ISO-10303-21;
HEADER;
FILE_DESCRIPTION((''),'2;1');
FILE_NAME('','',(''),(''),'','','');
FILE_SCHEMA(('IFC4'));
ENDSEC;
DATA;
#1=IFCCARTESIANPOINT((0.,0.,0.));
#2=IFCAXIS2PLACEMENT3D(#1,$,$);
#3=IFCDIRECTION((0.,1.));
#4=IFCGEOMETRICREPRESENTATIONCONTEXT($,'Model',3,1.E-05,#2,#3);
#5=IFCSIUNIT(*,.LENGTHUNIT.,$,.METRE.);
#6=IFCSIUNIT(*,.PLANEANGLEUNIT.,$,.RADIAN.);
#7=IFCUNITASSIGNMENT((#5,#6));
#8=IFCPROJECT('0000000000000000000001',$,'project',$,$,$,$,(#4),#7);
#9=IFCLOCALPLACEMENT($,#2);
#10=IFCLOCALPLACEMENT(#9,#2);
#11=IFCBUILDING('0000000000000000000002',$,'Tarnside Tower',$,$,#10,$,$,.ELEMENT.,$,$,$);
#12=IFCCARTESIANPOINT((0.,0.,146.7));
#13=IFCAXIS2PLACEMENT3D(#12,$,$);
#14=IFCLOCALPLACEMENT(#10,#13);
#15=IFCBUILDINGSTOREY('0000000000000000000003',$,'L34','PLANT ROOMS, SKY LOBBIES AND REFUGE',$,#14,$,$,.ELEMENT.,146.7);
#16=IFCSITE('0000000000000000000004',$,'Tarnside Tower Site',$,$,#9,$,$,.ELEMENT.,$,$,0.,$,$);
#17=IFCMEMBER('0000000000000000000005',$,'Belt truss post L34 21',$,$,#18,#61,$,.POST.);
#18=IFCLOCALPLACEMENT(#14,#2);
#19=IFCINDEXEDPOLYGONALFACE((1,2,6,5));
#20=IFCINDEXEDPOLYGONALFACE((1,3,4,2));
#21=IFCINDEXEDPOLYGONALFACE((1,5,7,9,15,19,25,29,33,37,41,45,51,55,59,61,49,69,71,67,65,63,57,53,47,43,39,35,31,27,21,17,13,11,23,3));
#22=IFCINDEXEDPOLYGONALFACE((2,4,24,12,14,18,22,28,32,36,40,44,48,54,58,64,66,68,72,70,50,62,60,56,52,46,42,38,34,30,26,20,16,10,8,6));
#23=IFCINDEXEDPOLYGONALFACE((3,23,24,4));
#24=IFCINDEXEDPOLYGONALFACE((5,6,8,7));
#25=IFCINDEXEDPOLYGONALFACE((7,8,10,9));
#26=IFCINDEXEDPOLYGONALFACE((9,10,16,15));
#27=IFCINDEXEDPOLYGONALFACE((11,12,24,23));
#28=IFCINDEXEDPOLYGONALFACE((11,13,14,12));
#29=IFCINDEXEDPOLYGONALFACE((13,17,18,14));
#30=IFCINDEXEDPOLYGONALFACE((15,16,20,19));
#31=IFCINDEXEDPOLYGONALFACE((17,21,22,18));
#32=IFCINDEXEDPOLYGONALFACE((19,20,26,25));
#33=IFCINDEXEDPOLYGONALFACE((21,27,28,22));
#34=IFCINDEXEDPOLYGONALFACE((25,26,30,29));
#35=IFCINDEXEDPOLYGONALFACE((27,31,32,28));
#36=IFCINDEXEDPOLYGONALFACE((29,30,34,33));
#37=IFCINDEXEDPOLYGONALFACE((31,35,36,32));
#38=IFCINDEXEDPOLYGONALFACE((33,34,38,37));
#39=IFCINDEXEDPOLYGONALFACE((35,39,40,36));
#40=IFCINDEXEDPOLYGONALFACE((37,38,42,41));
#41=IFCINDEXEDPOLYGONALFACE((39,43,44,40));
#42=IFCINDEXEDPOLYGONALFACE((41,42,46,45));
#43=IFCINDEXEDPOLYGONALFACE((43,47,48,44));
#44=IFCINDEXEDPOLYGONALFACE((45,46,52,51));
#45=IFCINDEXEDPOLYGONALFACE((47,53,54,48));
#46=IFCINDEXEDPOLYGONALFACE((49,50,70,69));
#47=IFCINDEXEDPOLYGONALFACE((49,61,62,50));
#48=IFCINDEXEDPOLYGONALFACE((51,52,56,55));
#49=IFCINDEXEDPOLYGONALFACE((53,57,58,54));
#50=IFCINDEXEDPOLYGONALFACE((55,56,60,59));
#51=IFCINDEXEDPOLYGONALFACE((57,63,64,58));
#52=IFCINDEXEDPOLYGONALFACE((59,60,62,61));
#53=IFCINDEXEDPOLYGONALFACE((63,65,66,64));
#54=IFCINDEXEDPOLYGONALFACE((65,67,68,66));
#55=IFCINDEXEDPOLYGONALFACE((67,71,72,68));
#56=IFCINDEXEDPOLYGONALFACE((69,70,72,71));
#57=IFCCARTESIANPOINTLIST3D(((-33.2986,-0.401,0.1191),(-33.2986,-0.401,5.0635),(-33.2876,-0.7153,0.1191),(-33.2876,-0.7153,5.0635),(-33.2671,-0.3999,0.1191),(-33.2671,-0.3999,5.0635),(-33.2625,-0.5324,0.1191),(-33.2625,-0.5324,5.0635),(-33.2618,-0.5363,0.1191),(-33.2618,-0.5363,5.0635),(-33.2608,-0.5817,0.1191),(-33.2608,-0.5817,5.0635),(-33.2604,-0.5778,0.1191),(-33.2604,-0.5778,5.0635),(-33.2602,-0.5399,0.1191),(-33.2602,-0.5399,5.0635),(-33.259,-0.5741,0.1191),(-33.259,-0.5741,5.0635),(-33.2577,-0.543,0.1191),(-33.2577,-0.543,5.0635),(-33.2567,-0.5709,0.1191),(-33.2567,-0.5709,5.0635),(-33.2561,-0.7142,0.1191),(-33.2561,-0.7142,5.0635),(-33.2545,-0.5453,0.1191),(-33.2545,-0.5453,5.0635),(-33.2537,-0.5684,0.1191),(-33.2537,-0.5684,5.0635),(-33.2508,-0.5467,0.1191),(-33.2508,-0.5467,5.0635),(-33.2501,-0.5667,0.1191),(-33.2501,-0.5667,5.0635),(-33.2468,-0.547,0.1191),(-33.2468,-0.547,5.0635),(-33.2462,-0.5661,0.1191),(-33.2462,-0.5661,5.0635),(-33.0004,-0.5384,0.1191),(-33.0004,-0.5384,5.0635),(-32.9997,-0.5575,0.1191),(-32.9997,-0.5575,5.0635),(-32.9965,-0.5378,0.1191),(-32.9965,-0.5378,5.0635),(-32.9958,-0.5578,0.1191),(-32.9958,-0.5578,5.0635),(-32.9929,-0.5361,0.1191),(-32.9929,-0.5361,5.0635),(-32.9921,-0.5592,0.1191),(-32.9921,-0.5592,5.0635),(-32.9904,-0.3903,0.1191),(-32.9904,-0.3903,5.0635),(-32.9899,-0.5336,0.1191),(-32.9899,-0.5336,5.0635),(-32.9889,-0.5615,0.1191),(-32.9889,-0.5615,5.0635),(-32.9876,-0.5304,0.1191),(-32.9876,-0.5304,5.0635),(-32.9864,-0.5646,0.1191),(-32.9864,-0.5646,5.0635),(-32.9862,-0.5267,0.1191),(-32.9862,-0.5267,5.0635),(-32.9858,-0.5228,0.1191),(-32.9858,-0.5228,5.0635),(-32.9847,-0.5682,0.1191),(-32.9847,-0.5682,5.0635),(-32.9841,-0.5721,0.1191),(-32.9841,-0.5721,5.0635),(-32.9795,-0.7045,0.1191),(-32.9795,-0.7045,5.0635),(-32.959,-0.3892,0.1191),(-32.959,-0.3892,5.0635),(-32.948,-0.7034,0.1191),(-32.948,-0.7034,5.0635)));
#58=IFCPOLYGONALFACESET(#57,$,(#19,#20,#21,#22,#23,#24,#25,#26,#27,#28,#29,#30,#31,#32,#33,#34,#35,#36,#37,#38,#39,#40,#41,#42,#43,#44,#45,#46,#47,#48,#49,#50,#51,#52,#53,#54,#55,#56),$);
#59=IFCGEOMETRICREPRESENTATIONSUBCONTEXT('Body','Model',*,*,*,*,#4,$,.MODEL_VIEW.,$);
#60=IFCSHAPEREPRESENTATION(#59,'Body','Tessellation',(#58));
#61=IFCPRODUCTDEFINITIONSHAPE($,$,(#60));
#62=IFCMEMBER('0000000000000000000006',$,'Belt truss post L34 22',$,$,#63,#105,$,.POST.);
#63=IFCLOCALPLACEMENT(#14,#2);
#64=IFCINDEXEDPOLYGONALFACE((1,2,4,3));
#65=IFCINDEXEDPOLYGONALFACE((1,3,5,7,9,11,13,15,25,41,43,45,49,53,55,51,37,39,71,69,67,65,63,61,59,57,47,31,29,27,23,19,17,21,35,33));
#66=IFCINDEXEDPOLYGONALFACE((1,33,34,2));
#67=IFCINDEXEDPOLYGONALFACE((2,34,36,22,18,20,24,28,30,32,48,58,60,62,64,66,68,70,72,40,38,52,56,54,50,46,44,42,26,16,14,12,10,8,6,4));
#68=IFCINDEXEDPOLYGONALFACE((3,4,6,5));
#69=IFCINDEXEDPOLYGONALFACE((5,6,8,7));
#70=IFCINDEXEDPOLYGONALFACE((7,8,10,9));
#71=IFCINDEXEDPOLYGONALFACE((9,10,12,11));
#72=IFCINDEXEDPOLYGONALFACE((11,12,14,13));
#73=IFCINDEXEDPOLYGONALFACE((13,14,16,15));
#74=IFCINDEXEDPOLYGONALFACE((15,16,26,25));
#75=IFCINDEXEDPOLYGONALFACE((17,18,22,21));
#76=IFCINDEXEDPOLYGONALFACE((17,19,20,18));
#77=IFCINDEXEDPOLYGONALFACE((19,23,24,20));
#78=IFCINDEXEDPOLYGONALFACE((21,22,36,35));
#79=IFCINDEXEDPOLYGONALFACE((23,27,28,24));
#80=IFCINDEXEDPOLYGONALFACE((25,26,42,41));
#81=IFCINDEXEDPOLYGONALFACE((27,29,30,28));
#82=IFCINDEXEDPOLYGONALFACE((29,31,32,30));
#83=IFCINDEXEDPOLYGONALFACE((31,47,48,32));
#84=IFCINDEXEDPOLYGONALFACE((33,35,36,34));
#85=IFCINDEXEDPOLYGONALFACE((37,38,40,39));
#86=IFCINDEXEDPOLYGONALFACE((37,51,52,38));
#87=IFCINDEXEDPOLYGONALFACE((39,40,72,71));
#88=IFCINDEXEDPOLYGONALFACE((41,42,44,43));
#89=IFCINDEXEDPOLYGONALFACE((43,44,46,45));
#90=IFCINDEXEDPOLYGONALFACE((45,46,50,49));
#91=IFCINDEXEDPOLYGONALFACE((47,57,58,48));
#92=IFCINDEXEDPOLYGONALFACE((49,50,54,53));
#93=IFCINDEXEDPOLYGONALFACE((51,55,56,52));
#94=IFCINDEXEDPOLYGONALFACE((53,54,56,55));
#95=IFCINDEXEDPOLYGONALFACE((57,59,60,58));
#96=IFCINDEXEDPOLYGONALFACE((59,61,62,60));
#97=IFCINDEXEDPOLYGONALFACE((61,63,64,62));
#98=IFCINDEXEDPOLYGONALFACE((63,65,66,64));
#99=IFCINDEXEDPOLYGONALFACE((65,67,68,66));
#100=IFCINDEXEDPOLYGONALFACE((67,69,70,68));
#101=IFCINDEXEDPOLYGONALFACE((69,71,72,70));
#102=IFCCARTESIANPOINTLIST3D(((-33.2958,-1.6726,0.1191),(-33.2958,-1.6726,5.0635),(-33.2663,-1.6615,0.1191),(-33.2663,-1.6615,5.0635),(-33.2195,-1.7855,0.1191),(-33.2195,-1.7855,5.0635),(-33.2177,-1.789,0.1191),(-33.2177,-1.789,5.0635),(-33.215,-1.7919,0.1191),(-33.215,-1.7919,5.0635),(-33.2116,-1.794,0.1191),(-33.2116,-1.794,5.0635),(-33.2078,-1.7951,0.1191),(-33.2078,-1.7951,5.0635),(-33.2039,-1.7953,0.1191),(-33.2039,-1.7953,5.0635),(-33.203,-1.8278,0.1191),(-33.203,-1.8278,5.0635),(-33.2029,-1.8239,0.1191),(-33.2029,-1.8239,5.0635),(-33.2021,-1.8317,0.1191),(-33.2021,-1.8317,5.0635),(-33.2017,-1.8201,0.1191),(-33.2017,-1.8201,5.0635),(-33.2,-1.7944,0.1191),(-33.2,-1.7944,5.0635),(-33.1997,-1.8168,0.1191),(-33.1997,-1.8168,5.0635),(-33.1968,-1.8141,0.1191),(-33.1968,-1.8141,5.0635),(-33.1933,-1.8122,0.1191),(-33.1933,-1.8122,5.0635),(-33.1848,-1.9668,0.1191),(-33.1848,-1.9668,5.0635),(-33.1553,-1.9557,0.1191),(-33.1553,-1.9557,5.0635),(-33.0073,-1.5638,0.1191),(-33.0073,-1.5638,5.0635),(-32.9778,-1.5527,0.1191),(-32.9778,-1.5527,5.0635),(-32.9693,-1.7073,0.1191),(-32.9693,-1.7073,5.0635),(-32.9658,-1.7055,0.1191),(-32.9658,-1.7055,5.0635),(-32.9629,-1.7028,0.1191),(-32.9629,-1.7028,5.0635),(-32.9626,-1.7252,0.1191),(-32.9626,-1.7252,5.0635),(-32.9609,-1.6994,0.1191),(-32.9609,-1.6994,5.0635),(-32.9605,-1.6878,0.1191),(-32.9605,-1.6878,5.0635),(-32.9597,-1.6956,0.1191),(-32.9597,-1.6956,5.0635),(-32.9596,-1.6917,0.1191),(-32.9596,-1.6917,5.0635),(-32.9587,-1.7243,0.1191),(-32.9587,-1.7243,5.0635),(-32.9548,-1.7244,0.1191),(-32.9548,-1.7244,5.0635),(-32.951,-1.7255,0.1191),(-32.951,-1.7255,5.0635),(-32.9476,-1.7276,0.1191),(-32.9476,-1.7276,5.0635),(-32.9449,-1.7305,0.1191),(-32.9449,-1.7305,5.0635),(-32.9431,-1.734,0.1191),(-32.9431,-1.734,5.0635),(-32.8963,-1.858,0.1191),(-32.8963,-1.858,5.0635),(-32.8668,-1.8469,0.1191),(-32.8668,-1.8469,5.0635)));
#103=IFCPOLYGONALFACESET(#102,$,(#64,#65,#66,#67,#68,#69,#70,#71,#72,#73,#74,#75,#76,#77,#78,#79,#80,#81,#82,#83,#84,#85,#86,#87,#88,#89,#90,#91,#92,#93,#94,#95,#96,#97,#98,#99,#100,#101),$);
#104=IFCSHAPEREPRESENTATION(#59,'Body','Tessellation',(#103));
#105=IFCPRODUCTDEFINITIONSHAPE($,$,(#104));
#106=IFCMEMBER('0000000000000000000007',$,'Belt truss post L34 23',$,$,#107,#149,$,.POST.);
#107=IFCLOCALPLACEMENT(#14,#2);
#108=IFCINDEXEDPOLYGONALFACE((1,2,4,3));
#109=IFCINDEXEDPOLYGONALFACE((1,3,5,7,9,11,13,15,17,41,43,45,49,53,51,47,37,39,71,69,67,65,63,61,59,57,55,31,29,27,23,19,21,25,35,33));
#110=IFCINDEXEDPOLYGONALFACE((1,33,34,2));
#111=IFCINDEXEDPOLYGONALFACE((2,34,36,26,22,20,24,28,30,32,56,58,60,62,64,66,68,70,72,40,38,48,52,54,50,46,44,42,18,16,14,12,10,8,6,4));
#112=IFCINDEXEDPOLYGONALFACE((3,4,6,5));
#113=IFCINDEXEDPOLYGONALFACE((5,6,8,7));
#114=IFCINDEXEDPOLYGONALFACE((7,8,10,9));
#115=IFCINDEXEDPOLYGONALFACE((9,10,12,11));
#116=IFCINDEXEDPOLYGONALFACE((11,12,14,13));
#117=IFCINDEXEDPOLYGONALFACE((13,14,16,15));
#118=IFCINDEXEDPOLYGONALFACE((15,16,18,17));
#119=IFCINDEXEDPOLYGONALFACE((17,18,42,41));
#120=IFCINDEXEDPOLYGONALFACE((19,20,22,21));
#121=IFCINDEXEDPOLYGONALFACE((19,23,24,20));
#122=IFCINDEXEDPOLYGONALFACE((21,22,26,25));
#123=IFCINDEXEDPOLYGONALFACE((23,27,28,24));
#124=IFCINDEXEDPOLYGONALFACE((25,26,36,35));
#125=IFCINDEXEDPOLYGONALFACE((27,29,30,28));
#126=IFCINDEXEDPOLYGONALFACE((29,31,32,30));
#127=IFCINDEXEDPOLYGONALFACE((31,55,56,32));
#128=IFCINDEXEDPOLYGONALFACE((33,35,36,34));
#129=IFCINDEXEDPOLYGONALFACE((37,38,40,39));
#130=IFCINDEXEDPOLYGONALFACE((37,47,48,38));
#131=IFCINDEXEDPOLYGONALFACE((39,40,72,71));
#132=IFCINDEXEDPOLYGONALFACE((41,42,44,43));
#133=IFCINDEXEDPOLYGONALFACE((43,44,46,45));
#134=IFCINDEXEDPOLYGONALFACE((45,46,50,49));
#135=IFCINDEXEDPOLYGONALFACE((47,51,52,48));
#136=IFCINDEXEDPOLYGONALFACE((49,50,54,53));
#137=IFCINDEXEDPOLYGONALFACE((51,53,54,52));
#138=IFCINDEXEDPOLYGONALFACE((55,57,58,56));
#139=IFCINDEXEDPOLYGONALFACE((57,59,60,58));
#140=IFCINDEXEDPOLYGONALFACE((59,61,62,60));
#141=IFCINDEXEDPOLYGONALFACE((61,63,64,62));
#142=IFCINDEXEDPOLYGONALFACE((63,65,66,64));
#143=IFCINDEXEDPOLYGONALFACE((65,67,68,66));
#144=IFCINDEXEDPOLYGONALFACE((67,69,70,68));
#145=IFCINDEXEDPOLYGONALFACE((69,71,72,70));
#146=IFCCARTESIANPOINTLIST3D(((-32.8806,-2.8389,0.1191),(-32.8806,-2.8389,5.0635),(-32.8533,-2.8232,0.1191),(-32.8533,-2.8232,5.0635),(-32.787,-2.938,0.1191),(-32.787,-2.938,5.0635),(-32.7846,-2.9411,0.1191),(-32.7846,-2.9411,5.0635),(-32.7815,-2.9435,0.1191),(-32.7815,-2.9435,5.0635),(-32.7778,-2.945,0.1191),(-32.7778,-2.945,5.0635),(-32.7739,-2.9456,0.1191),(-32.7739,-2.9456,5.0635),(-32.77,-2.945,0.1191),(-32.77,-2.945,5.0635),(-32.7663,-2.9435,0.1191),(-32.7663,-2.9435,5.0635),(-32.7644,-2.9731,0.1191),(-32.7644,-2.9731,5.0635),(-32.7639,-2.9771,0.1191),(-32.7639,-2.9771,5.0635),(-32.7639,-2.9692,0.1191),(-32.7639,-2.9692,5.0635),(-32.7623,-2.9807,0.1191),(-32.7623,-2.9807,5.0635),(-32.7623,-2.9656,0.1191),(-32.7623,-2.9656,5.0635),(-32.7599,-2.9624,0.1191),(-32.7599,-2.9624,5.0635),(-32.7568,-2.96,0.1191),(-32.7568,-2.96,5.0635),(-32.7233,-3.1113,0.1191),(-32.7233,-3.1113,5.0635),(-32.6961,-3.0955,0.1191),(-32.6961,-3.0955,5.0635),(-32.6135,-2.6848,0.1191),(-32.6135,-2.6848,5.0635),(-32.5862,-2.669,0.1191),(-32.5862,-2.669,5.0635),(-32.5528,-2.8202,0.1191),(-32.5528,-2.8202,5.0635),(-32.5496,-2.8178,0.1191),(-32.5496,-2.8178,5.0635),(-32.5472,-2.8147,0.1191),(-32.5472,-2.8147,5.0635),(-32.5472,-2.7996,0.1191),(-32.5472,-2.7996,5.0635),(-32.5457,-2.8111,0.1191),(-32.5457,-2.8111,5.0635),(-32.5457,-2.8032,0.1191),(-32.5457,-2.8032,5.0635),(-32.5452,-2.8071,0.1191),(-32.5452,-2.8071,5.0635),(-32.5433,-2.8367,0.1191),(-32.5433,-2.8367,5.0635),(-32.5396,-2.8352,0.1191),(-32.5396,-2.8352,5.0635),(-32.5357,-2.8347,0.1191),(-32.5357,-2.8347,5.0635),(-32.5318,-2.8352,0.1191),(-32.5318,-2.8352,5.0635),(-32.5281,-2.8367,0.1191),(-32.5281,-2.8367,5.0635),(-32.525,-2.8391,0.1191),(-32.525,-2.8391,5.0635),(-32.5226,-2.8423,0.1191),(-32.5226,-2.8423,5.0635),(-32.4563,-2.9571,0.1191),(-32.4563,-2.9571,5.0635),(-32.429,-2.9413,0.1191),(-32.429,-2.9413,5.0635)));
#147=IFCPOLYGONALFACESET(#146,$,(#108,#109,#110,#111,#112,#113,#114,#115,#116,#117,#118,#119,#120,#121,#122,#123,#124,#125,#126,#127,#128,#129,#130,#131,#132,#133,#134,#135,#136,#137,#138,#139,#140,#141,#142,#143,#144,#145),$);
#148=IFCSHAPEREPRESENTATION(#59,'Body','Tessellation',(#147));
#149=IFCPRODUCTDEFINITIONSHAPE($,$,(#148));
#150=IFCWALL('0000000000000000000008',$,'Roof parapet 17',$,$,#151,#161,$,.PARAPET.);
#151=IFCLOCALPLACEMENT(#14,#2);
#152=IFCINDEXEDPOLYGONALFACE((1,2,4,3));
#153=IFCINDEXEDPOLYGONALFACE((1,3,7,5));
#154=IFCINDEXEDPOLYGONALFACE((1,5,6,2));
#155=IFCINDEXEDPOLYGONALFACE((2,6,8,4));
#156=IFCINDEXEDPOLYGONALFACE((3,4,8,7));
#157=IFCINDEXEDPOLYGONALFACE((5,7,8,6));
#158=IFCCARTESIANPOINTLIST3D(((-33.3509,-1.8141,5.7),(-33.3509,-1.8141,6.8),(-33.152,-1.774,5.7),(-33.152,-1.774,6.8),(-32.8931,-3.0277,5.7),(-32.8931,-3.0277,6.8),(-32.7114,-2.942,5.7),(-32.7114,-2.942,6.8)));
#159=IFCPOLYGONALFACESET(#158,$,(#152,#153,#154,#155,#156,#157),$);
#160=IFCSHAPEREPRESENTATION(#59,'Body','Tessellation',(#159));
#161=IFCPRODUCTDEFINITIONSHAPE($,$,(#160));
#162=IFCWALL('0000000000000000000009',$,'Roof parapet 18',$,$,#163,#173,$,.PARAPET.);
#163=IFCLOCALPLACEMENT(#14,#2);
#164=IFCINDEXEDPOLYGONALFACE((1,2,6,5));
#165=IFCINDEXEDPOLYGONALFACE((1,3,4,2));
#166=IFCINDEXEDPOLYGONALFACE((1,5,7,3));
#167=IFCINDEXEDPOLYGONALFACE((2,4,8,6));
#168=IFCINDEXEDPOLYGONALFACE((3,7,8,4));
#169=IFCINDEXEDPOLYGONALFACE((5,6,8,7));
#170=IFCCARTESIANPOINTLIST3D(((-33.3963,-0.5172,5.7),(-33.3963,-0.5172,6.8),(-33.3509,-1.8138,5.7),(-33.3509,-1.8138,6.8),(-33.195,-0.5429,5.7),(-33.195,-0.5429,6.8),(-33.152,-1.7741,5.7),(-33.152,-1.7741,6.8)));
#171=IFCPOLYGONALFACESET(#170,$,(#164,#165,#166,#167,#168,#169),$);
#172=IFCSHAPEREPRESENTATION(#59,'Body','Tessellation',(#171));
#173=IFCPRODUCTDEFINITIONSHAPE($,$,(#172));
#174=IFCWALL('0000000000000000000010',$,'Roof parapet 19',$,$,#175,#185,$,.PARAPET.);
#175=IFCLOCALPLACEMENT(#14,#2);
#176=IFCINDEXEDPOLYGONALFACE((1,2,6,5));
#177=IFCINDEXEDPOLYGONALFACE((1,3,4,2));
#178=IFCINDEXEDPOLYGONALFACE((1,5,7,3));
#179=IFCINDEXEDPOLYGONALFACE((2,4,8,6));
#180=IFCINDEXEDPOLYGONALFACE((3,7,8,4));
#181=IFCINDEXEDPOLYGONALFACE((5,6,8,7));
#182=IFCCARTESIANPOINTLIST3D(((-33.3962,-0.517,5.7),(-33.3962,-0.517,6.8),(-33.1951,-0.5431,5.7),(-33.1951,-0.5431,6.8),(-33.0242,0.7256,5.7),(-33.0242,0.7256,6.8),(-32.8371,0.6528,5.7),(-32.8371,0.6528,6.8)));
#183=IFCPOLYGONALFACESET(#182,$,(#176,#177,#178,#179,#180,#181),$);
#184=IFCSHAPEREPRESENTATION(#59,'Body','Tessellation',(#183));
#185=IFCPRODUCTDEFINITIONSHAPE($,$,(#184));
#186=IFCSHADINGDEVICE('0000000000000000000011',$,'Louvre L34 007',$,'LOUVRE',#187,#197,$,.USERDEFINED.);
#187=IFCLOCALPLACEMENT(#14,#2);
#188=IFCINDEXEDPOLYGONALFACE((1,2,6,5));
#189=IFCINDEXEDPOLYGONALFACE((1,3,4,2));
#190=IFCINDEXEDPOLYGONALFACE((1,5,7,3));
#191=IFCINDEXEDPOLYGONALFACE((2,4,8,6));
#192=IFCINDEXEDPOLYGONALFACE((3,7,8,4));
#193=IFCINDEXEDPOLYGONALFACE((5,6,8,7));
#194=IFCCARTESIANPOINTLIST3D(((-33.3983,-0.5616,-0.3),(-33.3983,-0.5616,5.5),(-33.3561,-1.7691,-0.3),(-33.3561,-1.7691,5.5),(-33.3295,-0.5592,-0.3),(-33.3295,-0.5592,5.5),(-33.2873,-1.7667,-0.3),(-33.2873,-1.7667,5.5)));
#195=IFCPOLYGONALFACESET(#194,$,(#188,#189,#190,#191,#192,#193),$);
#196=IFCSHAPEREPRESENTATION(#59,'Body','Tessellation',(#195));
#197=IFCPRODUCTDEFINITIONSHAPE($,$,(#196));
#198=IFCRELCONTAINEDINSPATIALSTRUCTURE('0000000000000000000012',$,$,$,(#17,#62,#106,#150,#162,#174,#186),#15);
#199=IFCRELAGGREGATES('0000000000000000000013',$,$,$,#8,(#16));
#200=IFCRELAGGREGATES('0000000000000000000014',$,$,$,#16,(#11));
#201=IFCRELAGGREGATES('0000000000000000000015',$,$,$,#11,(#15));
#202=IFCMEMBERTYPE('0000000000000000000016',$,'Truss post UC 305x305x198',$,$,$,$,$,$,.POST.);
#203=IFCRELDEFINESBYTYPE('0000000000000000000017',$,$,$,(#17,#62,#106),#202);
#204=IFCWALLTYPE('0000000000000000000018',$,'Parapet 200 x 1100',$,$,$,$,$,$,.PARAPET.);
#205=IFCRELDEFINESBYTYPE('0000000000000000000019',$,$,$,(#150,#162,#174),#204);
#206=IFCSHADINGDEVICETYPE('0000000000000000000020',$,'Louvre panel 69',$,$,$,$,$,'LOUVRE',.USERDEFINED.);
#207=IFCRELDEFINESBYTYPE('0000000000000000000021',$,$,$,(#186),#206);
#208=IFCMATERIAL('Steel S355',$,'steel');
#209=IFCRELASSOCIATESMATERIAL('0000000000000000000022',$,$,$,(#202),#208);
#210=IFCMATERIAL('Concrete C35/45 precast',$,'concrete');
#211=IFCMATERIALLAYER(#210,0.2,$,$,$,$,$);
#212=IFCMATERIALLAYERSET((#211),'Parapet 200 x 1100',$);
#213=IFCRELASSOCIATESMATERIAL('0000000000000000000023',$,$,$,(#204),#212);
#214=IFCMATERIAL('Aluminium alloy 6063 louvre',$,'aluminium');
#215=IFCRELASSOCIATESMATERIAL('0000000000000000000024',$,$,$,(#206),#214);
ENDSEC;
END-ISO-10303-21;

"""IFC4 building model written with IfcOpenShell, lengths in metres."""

from ifc_helpers import new_model, si_unit, direction, frame, origin, origin_2d, place, context, subcontext, project, spatial, polyline, i_section, outline, extrude, material, layer, layer_set, material_profile, profile_set, type_object, element, save


model = new_model("IFC4")

# Units and contexts
model_context = context("Model", 3, precision=1e-05, world=origin(), true_north=direction((0.0, 1.0)))
body_context = subcontext(model_context, "Body", "Model", "MODEL_VIEW")
ifc_project = project(units=[si_unit("LENGTHUNIT", "METRE"), si_unit("PLANEANGLEUNIT", "RADIAN")], contexts=[model_context])

# Site, building, storey
site_placement = place(None, origin())
site = spatial("IfcSite", under=ifc_project, at=site_placement, Name="Tarnside Tower Site", CompositionType="ELEMENT", RefElevation=0.0)
building_placement = place(site_placement, origin())
building = spatial("IfcBuilding", under=site, at=building_placement, Name="Tarnside Tower", CompositionType="ELEMENT")
storey_placement = place(building_placement, frame((0.0, 0.0, 146.7)))
storey = spatial("IfcBuildingStorey", under=building, at=storey_placement, Name="L34", Description="PLANT ROOMS, SKY LOBBIES AND REFUGE", CompositionType="ELEMENT", Elevation=146.7)

# Shared definitions
ifc_material_1 = material(Name="Steel S355", Category="steel")

# Members
ifc_material_profile_1 = material_profile(ifc_material_1, i_section(OverallWidth=0.3145, OverallDepth=0.3398, WebThickness=0.019, FlangeThickness=0.0315, FilletRadius=0.0151, at=origin_2d()), Name="UC 305x305x198")
ifc_profile_set_1 = profile_set([ifc_material_profile_1], Name="Steel S355")
member_type_1 = type_object("IfcMemberType", Name="Truss post UC 305x305x198", PredefinedType="POST", material=ifc_profile_set_1)
for number, where, z_axis, x_axis, name in (
    (1, (-33.1233, -0.5522, 0.1191), (0.0, 0.0, 1.0), (0.034899, -0.999391, 0.0), "Belt truss post L34 21"),
    (2, (-33.0813, -1.7598, 0.1191), (0.0, 0.0, 1.0), (0.352931, -0.93565, 0.0), "Belt truss post L34 22"),
    (3, (-32.6548, -2.8901, 0.1191), (0.0, 0.0, 1.0), (0.5, -0.866025, 0.0), "Belt truss post L34 23"),
):
    element("IfcMember", number, at=place(storey_placement, frame(where, z_axis=z_axis, x_axis=x_axis)), inside=storey, type_object=member_type_1, Name=name, PredefinedType="POST", context=body_context, shape_type="SweptSolid", body=[
        extrude(i_section(OverallWidth=0.3145, OverallDepth=0.3398, WebThickness=0.019, FlangeThickness=0.0315, FilletRadius=0.0151, at=origin_2d()), origin(), (0.0, 0.0, 1.0), 4.9443),
    ])

# Walls
ifc_material_2 = material(Name="Concrete C35/45 precast", Category="concrete")
ifc_layer_1 = layer(ifc_material_2, 0.2)
ifc_layer_set_1 = layer_set([ifc_layer_1], Name="Parapet 200 x 1100")
wall_type = type_object("IfcWallType", Name="Parapet 200 x 1100", PredefinedType="PARAPET", material=ifc_layer_set_1)
wall_1_placement = place(storey_placement, frame((-32.8022, -2.9849, 5.7), z_axis=(0.0, 0.0, 1.0), x_axis=(-0.352931, 0.93565, 0.0)))
element("IfcWall", 4, at=wall_1_placement, inside=storey, type_object=wall_type, Name="Roof parapet 17", PredefinedType="PARAPET", context=body_context, shape_type="SweptSolid", body=[
    extrude(outline(polyline([(0.0081, -0.1001), (1.2563, -0.1001), (1.2891, 0.1001), (-0.0081, 0.1001), (0.0081, -0.1001)])), origin(), (0.0, 0.0, 1.0), 1.1001),
])
wall_2_placement = place(storey_placement, frame((-33.2515, -1.7939, 5.7), z_axis=(0.0, 0.0, 1.0), x_axis=(-0.034941, 0.999389, 0.0)))
element("IfcWall", 5, at=wall_2_placement, inside=storey, type_object=wall_type, Name="Roof parapet 18", PredefinedType="PARAPET", context=body_context, shape_type="SweptSolid", body=[
    extrude(outline(polyline([(0.0164, -0.1001), (1.2483, -0.1001), (1.281, 0.1001), (-0.0164, 0.1001), (0.0164, -0.1001)])), origin(), (0.0, 0.0, 1.0), 1.1001),
])
wall_3_placement = place(storey_placement, frame((-33.2957, -0.53, 5.7), z_axis=(0.0, 0.0, 1.0), x_axis=(0.286785, 0.957995, 0.0)))
element("IfcWall", 6, at=wall_3_placement, inside=storey, type_object=wall_type, Name="Roof parapet 19", PredefinedType="PARAPET", context=body_context, shape_type="SweptSolid", body=[
    extrude(outline(polyline([(0.0164, -0.1001), (1.2646, -0.1001), (1.2808, 0.1001), (-0.0164, 0.1001), (0.0164, -0.1001)])), origin(), (0.0, 0.0, 1.0), 1.1001),
])

# Shading device
ifc_material_3 = material(Name="Aluminium alloy 6063 louvre", Category="aluminium")
shading_device_type_1 = type_object("IfcShadingDeviceType", Name="Louvre panel 69", ElementType="LOUVRE", PredefinedType="USERDEFINED", material=ifc_material_3)
for number, where, z_axis, x_axis, name in (
    (7, (-33.3083, -1.1631, -0.3), (-0.034927, 0.99939, 0.0), (-0.99939, -0.034927, 0.0), "Louvre L34 007"),
):
    element("IfcShadingDevice", number, at=place(storey_placement, frame(where, z_axis=z_axis, x_axis=x_axis)), inside=storey, type_object=shading_device_type_1, Name=name, ObjectType="LOUVRE", PredefinedType="USERDEFINED", context=body_context, shape_type="SweptSolid", body=[
        extrude(outline(polyline([(0.0, 0.0), (0.0688, 0.0), (0.0688, 5.8), (0.0, 5.8), (0.0, 0.0)])), frame((0.0, 0.0, -0.604)), (0.0, 0.0, 1.0), 1.2083),
    ])

save(model, "model.ifc")
